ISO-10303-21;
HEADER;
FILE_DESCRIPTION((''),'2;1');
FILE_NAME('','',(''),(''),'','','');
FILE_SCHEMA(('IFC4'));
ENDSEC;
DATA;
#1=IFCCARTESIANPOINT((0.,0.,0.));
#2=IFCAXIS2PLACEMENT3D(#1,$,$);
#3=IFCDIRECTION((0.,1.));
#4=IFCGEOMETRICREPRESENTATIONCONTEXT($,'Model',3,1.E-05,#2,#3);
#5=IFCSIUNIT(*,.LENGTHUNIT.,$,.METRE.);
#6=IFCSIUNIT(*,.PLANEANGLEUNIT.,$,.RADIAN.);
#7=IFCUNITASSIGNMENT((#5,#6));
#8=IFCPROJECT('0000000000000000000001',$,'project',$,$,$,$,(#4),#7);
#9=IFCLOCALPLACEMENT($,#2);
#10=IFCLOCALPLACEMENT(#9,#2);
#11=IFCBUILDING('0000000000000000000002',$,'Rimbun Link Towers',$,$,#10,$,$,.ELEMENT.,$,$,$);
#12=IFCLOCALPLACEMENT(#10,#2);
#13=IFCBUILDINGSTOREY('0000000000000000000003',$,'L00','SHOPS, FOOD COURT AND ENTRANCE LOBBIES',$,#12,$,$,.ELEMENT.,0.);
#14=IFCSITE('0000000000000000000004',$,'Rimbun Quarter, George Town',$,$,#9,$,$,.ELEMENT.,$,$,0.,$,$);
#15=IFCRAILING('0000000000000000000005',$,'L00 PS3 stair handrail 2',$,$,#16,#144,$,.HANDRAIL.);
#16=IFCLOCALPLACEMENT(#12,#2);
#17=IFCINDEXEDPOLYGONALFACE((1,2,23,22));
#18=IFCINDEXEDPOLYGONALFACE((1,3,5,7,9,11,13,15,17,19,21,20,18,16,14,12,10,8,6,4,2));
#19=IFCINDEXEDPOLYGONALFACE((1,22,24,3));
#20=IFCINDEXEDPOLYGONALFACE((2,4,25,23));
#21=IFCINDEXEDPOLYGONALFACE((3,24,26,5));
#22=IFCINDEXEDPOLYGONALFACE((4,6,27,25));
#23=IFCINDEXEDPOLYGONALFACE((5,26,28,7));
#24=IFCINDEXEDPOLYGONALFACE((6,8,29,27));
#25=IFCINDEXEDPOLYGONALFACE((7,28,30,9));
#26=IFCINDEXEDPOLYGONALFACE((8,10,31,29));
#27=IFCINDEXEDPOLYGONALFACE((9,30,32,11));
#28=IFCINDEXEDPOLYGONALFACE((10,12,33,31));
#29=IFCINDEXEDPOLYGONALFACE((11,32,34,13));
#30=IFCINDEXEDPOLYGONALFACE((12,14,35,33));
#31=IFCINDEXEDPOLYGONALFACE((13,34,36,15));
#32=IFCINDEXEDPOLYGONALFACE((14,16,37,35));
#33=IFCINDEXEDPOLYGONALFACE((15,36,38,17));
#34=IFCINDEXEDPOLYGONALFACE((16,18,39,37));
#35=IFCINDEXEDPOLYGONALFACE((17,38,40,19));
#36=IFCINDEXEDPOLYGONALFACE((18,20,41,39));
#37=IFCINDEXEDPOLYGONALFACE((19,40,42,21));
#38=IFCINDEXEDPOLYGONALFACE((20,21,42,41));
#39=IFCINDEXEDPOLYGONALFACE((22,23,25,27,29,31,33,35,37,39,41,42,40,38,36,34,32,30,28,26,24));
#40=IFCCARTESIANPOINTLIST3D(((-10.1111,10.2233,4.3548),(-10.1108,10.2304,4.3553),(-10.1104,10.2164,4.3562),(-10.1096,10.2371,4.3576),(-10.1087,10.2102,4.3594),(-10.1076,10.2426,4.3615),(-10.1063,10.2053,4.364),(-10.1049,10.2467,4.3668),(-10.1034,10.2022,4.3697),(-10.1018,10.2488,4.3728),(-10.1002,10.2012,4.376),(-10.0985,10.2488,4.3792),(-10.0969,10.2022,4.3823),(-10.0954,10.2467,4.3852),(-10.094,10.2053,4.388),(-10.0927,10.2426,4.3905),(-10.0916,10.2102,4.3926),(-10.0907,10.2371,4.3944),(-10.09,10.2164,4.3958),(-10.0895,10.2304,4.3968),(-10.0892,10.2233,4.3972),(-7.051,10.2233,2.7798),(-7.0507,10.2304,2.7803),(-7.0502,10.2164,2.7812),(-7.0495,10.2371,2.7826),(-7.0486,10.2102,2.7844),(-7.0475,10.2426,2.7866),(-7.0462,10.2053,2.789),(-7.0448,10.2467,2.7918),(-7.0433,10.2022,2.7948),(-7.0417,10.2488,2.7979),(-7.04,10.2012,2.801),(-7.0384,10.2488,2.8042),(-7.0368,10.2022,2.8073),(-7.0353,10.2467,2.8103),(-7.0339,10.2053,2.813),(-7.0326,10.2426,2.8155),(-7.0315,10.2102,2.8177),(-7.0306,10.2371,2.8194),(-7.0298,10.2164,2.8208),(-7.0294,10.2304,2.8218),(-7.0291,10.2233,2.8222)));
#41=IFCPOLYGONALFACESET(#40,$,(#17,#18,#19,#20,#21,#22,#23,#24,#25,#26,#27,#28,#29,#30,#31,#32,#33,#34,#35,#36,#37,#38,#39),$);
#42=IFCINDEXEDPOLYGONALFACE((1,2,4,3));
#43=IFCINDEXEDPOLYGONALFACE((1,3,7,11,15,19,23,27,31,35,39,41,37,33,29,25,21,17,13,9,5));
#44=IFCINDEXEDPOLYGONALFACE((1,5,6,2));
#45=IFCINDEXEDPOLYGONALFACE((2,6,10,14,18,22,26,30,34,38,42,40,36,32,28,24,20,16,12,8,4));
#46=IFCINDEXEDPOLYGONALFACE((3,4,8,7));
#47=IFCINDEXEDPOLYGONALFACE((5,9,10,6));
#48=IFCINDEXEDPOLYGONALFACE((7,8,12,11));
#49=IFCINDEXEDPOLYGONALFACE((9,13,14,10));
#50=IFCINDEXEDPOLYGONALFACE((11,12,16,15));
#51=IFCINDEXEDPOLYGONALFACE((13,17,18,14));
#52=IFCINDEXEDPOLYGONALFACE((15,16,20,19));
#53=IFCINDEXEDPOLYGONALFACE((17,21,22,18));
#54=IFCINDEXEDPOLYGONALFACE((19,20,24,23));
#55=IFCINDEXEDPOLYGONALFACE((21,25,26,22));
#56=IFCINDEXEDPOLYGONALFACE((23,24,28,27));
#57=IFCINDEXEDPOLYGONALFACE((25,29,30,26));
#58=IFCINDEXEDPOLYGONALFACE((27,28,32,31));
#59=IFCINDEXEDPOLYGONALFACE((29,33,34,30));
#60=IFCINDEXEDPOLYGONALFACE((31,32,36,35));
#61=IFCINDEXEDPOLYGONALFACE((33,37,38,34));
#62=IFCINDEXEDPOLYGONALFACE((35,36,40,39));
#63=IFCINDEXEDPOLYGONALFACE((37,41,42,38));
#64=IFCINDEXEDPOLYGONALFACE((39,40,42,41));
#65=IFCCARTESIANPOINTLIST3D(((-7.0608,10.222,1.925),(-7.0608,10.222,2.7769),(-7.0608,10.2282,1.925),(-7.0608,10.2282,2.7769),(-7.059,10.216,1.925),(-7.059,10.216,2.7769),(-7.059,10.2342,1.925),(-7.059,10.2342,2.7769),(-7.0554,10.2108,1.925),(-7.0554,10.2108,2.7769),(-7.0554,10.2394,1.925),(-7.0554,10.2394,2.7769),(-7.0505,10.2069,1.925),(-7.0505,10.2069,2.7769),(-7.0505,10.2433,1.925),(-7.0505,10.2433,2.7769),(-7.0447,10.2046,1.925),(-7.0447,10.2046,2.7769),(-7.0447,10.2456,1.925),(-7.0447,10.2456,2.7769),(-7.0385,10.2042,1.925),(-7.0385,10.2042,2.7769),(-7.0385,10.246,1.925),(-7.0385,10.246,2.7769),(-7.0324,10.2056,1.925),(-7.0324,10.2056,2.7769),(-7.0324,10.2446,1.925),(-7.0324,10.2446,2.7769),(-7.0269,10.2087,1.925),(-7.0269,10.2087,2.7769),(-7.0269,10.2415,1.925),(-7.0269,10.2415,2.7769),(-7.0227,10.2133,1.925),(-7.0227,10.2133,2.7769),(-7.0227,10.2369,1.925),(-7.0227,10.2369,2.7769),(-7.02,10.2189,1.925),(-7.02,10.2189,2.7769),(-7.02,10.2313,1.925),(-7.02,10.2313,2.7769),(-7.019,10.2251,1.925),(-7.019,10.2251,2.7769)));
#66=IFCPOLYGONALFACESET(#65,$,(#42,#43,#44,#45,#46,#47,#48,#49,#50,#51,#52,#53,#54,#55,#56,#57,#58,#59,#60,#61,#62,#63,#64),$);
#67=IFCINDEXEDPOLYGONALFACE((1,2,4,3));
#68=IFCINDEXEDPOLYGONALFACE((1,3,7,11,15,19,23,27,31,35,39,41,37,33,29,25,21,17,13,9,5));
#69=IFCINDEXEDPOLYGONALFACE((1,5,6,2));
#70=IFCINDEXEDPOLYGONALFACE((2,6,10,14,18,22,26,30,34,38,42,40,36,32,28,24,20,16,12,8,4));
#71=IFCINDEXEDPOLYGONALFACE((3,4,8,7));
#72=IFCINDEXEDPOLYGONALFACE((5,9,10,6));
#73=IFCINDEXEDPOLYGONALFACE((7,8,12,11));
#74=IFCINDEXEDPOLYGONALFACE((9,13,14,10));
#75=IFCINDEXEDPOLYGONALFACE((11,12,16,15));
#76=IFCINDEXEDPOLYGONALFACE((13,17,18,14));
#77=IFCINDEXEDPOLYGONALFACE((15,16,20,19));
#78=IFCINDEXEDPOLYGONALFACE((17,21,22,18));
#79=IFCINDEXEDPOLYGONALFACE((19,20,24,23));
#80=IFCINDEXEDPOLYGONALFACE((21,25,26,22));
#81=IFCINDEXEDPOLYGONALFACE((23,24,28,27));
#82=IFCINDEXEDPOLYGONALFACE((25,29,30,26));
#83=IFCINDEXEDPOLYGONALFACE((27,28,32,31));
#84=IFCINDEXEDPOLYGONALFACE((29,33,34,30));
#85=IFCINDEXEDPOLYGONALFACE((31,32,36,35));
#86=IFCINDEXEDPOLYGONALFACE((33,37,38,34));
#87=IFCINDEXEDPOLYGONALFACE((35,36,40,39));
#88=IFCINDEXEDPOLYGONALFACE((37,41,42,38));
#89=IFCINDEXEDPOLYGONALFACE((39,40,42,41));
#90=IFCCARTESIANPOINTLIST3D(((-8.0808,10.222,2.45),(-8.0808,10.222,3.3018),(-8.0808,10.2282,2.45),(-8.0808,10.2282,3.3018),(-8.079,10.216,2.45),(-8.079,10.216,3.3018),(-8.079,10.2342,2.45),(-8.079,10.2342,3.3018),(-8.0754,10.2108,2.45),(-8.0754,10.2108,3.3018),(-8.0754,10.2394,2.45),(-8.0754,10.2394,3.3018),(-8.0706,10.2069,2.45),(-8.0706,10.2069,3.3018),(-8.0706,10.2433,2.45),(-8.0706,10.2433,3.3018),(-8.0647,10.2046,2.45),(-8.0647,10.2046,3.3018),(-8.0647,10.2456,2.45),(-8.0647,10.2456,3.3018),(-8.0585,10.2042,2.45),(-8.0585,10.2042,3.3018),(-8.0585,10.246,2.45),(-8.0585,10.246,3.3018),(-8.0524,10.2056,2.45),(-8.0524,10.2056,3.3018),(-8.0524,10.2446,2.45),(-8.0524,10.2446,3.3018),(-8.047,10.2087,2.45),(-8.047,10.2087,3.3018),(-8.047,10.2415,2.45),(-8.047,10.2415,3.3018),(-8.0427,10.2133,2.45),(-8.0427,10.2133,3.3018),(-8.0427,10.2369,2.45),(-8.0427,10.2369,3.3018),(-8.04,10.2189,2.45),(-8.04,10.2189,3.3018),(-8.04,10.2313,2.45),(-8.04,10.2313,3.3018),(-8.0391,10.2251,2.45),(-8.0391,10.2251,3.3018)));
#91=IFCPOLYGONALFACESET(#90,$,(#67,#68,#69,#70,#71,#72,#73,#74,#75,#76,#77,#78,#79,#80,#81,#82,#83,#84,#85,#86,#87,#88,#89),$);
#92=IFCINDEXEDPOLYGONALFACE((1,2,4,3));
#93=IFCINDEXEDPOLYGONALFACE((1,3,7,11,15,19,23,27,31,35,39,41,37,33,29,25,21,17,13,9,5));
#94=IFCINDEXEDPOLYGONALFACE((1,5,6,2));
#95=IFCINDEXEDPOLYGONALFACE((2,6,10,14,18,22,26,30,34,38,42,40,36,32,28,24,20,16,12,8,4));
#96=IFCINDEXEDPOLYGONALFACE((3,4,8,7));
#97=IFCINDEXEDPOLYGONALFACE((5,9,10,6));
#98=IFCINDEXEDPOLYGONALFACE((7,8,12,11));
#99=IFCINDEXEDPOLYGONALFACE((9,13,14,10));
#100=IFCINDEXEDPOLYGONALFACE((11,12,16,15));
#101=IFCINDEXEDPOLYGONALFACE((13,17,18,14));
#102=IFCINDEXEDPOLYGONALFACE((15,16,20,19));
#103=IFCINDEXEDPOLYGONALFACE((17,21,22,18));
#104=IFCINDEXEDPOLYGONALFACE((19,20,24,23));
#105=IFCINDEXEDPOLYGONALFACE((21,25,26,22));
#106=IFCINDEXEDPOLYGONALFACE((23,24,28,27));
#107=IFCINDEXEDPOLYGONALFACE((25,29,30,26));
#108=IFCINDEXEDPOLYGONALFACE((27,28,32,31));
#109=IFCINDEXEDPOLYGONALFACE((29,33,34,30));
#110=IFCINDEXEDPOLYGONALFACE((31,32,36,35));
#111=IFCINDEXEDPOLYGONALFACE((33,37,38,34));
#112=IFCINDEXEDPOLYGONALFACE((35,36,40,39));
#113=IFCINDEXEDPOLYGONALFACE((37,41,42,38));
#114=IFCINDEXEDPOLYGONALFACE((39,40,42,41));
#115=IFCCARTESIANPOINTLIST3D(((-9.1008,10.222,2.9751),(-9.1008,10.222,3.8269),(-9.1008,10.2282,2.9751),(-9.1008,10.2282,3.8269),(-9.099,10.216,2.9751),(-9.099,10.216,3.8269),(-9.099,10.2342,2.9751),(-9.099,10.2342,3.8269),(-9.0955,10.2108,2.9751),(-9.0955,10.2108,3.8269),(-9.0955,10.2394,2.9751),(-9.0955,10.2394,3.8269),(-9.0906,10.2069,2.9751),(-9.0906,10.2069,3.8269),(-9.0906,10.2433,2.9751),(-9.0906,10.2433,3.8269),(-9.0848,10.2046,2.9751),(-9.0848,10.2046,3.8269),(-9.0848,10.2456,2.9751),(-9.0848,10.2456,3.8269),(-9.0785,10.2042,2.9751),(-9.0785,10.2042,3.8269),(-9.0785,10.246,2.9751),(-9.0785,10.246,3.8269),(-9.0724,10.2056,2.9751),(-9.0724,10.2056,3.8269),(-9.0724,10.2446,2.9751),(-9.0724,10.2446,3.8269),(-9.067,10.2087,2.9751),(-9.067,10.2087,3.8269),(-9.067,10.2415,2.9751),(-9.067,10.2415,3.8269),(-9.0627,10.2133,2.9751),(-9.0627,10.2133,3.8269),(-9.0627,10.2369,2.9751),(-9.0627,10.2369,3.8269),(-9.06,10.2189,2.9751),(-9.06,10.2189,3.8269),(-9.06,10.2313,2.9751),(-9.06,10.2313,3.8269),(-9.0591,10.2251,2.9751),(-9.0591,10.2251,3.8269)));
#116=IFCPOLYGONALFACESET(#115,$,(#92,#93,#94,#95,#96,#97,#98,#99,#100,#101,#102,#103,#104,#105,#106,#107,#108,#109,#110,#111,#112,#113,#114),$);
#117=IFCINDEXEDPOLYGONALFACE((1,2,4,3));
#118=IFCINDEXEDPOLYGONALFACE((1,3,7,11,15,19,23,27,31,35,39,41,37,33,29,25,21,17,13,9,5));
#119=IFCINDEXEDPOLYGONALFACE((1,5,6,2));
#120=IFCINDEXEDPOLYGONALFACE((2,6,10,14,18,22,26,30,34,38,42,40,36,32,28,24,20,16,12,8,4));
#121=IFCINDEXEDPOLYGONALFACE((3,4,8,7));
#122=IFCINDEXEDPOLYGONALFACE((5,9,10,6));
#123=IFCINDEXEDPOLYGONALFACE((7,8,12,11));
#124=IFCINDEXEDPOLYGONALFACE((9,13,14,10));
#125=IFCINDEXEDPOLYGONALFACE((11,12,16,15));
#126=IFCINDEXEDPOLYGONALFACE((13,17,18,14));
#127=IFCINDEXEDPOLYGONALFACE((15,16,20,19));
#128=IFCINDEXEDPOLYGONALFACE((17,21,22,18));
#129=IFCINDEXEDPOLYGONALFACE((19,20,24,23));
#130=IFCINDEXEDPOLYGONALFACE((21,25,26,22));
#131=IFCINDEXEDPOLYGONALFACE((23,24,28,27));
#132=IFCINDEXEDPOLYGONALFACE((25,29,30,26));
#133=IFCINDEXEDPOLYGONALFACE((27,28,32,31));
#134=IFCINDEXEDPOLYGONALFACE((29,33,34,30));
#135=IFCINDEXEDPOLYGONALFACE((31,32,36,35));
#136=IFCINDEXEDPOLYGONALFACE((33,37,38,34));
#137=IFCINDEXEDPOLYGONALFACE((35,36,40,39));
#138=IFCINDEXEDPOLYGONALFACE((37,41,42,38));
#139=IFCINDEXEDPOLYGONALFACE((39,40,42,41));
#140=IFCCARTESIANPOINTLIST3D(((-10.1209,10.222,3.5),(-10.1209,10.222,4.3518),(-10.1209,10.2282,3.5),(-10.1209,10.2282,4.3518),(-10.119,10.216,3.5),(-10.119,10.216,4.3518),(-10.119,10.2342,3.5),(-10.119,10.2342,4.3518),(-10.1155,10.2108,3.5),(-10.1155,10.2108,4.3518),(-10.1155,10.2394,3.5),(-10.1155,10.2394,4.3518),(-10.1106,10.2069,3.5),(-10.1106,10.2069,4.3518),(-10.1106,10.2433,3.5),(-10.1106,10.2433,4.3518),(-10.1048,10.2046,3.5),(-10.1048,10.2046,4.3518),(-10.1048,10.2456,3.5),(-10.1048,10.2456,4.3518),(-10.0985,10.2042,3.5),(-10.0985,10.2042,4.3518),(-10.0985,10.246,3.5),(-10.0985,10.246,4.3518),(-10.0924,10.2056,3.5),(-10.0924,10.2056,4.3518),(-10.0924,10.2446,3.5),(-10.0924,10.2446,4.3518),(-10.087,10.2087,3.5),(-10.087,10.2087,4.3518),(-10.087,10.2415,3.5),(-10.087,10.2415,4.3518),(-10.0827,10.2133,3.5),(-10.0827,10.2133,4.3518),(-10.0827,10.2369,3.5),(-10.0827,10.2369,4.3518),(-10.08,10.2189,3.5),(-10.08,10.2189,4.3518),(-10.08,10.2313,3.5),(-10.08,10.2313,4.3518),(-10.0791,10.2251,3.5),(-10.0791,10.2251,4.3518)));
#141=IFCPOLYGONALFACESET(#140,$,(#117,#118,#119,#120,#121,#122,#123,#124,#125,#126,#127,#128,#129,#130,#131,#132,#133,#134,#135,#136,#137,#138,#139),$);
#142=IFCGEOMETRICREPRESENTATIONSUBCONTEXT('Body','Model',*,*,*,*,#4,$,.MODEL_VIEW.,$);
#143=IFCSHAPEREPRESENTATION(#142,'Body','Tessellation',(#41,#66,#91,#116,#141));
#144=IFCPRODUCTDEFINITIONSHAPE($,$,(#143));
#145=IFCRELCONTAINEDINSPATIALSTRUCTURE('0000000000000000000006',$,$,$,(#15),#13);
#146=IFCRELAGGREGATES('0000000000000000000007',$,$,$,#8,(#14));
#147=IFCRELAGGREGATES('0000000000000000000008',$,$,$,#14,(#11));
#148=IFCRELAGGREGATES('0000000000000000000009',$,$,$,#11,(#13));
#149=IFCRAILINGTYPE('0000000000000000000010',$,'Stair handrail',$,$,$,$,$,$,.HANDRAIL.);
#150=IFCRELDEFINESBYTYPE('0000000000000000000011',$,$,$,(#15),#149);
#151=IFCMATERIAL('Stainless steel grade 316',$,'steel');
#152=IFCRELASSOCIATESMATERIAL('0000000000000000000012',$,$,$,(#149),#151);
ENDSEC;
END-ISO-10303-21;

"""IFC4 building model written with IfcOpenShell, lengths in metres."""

from ifc_helpers import new_model, si_unit, direction, frame, origin, origin_2d, place, context, subcontext, project, spatial, circle, extrude, material, type_object, element, save


model = new_model("IFC4")

# Units and contexts
model_context = context("Model", 3, precision=1e-05, world=origin(), true_north=direction((0.0, 1.0)))
body_context = subcontext(model_context, "Body", "Model", "MODEL_VIEW")
ifc_project = project(units=[si_unit("LENGTHUNIT", "METRE"), si_unit("PLANEANGLEUNIT", "RADIAN")], contexts=[model_context])

# Site, building, storey
site_placement = place(None, origin())
site = spatial("IfcSite", under=ifc_project, at=site_placement, Name="Rimbun Quarter, George Town", CompositionType="ELEMENT", RefElevation=0.0)
building_placement = place(site_placement, origin())
building = spatial("IfcBuilding", under=site, at=building_placement, Name="Rimbun Link Towers", CompositionType="ELEMENT")
storey_placement = place(building_placement, origin())
storey = spatial("IfcBuildingStorey", under=building, at=storey_placement, Name="L00", Description="SHOPS, FOOD COURT AND ENTRANCE LOBBIES", CompositionType="ELEMENT", Elevation=0.0)

# Railing
ifc_material_1 = material(Name="Stainless steel grade 316", Category="steel")
railing_type = type_object("IfcRailingType", Name="Stair handrail", PredefinedType="HANDRAIL", material=ifc_material_1)
for number, where, name in (
    (1, (-7.04, 10.2251, 1.925), "L00 PS3 stair handrail 2"),
):
    element("IfcRailing", number, at=place(storey_placement, frame(where)), inside=storey, type_object=railing_type, Name=name, PredefinedType="HANDRAIL", context=body_context, shape_type="SweptSolid", body=[
        extrude(circle(Radius=0.0239, at=origin_2d()), frame((0.0, 0.0, 0.876), z_axis=(-0.889145, 0.0, 0.457625), x_axis=(0.0, -1.0, 0.0)), (0.0, 0.0, 1.0), 3.4417),
        extrude(circle(Radius=0.021, at=origin_2d()), origin(), (0.0, 0.0, 1.0), 0.8518),
        extrude(circle(Radius=0.021, at=origin_2d()), frame((-1.02, 0.0, 0.5249)), (0.0, 0.0, 1.0), 0.8518),
        extrude(circle(Radius=0.021, at=origin_2d()), frame((-2.04, 0.0, 1.05)), (0.0, 0.0, 1.0), 0.8518),
        extrude(circle(Radius=0.021, at=origin_2d()), frame((-3.0601, 0.0, 1.575)), (0.0, 0.0, 1.0), 0.8518),
    ])

save(model, "model.ifc")
